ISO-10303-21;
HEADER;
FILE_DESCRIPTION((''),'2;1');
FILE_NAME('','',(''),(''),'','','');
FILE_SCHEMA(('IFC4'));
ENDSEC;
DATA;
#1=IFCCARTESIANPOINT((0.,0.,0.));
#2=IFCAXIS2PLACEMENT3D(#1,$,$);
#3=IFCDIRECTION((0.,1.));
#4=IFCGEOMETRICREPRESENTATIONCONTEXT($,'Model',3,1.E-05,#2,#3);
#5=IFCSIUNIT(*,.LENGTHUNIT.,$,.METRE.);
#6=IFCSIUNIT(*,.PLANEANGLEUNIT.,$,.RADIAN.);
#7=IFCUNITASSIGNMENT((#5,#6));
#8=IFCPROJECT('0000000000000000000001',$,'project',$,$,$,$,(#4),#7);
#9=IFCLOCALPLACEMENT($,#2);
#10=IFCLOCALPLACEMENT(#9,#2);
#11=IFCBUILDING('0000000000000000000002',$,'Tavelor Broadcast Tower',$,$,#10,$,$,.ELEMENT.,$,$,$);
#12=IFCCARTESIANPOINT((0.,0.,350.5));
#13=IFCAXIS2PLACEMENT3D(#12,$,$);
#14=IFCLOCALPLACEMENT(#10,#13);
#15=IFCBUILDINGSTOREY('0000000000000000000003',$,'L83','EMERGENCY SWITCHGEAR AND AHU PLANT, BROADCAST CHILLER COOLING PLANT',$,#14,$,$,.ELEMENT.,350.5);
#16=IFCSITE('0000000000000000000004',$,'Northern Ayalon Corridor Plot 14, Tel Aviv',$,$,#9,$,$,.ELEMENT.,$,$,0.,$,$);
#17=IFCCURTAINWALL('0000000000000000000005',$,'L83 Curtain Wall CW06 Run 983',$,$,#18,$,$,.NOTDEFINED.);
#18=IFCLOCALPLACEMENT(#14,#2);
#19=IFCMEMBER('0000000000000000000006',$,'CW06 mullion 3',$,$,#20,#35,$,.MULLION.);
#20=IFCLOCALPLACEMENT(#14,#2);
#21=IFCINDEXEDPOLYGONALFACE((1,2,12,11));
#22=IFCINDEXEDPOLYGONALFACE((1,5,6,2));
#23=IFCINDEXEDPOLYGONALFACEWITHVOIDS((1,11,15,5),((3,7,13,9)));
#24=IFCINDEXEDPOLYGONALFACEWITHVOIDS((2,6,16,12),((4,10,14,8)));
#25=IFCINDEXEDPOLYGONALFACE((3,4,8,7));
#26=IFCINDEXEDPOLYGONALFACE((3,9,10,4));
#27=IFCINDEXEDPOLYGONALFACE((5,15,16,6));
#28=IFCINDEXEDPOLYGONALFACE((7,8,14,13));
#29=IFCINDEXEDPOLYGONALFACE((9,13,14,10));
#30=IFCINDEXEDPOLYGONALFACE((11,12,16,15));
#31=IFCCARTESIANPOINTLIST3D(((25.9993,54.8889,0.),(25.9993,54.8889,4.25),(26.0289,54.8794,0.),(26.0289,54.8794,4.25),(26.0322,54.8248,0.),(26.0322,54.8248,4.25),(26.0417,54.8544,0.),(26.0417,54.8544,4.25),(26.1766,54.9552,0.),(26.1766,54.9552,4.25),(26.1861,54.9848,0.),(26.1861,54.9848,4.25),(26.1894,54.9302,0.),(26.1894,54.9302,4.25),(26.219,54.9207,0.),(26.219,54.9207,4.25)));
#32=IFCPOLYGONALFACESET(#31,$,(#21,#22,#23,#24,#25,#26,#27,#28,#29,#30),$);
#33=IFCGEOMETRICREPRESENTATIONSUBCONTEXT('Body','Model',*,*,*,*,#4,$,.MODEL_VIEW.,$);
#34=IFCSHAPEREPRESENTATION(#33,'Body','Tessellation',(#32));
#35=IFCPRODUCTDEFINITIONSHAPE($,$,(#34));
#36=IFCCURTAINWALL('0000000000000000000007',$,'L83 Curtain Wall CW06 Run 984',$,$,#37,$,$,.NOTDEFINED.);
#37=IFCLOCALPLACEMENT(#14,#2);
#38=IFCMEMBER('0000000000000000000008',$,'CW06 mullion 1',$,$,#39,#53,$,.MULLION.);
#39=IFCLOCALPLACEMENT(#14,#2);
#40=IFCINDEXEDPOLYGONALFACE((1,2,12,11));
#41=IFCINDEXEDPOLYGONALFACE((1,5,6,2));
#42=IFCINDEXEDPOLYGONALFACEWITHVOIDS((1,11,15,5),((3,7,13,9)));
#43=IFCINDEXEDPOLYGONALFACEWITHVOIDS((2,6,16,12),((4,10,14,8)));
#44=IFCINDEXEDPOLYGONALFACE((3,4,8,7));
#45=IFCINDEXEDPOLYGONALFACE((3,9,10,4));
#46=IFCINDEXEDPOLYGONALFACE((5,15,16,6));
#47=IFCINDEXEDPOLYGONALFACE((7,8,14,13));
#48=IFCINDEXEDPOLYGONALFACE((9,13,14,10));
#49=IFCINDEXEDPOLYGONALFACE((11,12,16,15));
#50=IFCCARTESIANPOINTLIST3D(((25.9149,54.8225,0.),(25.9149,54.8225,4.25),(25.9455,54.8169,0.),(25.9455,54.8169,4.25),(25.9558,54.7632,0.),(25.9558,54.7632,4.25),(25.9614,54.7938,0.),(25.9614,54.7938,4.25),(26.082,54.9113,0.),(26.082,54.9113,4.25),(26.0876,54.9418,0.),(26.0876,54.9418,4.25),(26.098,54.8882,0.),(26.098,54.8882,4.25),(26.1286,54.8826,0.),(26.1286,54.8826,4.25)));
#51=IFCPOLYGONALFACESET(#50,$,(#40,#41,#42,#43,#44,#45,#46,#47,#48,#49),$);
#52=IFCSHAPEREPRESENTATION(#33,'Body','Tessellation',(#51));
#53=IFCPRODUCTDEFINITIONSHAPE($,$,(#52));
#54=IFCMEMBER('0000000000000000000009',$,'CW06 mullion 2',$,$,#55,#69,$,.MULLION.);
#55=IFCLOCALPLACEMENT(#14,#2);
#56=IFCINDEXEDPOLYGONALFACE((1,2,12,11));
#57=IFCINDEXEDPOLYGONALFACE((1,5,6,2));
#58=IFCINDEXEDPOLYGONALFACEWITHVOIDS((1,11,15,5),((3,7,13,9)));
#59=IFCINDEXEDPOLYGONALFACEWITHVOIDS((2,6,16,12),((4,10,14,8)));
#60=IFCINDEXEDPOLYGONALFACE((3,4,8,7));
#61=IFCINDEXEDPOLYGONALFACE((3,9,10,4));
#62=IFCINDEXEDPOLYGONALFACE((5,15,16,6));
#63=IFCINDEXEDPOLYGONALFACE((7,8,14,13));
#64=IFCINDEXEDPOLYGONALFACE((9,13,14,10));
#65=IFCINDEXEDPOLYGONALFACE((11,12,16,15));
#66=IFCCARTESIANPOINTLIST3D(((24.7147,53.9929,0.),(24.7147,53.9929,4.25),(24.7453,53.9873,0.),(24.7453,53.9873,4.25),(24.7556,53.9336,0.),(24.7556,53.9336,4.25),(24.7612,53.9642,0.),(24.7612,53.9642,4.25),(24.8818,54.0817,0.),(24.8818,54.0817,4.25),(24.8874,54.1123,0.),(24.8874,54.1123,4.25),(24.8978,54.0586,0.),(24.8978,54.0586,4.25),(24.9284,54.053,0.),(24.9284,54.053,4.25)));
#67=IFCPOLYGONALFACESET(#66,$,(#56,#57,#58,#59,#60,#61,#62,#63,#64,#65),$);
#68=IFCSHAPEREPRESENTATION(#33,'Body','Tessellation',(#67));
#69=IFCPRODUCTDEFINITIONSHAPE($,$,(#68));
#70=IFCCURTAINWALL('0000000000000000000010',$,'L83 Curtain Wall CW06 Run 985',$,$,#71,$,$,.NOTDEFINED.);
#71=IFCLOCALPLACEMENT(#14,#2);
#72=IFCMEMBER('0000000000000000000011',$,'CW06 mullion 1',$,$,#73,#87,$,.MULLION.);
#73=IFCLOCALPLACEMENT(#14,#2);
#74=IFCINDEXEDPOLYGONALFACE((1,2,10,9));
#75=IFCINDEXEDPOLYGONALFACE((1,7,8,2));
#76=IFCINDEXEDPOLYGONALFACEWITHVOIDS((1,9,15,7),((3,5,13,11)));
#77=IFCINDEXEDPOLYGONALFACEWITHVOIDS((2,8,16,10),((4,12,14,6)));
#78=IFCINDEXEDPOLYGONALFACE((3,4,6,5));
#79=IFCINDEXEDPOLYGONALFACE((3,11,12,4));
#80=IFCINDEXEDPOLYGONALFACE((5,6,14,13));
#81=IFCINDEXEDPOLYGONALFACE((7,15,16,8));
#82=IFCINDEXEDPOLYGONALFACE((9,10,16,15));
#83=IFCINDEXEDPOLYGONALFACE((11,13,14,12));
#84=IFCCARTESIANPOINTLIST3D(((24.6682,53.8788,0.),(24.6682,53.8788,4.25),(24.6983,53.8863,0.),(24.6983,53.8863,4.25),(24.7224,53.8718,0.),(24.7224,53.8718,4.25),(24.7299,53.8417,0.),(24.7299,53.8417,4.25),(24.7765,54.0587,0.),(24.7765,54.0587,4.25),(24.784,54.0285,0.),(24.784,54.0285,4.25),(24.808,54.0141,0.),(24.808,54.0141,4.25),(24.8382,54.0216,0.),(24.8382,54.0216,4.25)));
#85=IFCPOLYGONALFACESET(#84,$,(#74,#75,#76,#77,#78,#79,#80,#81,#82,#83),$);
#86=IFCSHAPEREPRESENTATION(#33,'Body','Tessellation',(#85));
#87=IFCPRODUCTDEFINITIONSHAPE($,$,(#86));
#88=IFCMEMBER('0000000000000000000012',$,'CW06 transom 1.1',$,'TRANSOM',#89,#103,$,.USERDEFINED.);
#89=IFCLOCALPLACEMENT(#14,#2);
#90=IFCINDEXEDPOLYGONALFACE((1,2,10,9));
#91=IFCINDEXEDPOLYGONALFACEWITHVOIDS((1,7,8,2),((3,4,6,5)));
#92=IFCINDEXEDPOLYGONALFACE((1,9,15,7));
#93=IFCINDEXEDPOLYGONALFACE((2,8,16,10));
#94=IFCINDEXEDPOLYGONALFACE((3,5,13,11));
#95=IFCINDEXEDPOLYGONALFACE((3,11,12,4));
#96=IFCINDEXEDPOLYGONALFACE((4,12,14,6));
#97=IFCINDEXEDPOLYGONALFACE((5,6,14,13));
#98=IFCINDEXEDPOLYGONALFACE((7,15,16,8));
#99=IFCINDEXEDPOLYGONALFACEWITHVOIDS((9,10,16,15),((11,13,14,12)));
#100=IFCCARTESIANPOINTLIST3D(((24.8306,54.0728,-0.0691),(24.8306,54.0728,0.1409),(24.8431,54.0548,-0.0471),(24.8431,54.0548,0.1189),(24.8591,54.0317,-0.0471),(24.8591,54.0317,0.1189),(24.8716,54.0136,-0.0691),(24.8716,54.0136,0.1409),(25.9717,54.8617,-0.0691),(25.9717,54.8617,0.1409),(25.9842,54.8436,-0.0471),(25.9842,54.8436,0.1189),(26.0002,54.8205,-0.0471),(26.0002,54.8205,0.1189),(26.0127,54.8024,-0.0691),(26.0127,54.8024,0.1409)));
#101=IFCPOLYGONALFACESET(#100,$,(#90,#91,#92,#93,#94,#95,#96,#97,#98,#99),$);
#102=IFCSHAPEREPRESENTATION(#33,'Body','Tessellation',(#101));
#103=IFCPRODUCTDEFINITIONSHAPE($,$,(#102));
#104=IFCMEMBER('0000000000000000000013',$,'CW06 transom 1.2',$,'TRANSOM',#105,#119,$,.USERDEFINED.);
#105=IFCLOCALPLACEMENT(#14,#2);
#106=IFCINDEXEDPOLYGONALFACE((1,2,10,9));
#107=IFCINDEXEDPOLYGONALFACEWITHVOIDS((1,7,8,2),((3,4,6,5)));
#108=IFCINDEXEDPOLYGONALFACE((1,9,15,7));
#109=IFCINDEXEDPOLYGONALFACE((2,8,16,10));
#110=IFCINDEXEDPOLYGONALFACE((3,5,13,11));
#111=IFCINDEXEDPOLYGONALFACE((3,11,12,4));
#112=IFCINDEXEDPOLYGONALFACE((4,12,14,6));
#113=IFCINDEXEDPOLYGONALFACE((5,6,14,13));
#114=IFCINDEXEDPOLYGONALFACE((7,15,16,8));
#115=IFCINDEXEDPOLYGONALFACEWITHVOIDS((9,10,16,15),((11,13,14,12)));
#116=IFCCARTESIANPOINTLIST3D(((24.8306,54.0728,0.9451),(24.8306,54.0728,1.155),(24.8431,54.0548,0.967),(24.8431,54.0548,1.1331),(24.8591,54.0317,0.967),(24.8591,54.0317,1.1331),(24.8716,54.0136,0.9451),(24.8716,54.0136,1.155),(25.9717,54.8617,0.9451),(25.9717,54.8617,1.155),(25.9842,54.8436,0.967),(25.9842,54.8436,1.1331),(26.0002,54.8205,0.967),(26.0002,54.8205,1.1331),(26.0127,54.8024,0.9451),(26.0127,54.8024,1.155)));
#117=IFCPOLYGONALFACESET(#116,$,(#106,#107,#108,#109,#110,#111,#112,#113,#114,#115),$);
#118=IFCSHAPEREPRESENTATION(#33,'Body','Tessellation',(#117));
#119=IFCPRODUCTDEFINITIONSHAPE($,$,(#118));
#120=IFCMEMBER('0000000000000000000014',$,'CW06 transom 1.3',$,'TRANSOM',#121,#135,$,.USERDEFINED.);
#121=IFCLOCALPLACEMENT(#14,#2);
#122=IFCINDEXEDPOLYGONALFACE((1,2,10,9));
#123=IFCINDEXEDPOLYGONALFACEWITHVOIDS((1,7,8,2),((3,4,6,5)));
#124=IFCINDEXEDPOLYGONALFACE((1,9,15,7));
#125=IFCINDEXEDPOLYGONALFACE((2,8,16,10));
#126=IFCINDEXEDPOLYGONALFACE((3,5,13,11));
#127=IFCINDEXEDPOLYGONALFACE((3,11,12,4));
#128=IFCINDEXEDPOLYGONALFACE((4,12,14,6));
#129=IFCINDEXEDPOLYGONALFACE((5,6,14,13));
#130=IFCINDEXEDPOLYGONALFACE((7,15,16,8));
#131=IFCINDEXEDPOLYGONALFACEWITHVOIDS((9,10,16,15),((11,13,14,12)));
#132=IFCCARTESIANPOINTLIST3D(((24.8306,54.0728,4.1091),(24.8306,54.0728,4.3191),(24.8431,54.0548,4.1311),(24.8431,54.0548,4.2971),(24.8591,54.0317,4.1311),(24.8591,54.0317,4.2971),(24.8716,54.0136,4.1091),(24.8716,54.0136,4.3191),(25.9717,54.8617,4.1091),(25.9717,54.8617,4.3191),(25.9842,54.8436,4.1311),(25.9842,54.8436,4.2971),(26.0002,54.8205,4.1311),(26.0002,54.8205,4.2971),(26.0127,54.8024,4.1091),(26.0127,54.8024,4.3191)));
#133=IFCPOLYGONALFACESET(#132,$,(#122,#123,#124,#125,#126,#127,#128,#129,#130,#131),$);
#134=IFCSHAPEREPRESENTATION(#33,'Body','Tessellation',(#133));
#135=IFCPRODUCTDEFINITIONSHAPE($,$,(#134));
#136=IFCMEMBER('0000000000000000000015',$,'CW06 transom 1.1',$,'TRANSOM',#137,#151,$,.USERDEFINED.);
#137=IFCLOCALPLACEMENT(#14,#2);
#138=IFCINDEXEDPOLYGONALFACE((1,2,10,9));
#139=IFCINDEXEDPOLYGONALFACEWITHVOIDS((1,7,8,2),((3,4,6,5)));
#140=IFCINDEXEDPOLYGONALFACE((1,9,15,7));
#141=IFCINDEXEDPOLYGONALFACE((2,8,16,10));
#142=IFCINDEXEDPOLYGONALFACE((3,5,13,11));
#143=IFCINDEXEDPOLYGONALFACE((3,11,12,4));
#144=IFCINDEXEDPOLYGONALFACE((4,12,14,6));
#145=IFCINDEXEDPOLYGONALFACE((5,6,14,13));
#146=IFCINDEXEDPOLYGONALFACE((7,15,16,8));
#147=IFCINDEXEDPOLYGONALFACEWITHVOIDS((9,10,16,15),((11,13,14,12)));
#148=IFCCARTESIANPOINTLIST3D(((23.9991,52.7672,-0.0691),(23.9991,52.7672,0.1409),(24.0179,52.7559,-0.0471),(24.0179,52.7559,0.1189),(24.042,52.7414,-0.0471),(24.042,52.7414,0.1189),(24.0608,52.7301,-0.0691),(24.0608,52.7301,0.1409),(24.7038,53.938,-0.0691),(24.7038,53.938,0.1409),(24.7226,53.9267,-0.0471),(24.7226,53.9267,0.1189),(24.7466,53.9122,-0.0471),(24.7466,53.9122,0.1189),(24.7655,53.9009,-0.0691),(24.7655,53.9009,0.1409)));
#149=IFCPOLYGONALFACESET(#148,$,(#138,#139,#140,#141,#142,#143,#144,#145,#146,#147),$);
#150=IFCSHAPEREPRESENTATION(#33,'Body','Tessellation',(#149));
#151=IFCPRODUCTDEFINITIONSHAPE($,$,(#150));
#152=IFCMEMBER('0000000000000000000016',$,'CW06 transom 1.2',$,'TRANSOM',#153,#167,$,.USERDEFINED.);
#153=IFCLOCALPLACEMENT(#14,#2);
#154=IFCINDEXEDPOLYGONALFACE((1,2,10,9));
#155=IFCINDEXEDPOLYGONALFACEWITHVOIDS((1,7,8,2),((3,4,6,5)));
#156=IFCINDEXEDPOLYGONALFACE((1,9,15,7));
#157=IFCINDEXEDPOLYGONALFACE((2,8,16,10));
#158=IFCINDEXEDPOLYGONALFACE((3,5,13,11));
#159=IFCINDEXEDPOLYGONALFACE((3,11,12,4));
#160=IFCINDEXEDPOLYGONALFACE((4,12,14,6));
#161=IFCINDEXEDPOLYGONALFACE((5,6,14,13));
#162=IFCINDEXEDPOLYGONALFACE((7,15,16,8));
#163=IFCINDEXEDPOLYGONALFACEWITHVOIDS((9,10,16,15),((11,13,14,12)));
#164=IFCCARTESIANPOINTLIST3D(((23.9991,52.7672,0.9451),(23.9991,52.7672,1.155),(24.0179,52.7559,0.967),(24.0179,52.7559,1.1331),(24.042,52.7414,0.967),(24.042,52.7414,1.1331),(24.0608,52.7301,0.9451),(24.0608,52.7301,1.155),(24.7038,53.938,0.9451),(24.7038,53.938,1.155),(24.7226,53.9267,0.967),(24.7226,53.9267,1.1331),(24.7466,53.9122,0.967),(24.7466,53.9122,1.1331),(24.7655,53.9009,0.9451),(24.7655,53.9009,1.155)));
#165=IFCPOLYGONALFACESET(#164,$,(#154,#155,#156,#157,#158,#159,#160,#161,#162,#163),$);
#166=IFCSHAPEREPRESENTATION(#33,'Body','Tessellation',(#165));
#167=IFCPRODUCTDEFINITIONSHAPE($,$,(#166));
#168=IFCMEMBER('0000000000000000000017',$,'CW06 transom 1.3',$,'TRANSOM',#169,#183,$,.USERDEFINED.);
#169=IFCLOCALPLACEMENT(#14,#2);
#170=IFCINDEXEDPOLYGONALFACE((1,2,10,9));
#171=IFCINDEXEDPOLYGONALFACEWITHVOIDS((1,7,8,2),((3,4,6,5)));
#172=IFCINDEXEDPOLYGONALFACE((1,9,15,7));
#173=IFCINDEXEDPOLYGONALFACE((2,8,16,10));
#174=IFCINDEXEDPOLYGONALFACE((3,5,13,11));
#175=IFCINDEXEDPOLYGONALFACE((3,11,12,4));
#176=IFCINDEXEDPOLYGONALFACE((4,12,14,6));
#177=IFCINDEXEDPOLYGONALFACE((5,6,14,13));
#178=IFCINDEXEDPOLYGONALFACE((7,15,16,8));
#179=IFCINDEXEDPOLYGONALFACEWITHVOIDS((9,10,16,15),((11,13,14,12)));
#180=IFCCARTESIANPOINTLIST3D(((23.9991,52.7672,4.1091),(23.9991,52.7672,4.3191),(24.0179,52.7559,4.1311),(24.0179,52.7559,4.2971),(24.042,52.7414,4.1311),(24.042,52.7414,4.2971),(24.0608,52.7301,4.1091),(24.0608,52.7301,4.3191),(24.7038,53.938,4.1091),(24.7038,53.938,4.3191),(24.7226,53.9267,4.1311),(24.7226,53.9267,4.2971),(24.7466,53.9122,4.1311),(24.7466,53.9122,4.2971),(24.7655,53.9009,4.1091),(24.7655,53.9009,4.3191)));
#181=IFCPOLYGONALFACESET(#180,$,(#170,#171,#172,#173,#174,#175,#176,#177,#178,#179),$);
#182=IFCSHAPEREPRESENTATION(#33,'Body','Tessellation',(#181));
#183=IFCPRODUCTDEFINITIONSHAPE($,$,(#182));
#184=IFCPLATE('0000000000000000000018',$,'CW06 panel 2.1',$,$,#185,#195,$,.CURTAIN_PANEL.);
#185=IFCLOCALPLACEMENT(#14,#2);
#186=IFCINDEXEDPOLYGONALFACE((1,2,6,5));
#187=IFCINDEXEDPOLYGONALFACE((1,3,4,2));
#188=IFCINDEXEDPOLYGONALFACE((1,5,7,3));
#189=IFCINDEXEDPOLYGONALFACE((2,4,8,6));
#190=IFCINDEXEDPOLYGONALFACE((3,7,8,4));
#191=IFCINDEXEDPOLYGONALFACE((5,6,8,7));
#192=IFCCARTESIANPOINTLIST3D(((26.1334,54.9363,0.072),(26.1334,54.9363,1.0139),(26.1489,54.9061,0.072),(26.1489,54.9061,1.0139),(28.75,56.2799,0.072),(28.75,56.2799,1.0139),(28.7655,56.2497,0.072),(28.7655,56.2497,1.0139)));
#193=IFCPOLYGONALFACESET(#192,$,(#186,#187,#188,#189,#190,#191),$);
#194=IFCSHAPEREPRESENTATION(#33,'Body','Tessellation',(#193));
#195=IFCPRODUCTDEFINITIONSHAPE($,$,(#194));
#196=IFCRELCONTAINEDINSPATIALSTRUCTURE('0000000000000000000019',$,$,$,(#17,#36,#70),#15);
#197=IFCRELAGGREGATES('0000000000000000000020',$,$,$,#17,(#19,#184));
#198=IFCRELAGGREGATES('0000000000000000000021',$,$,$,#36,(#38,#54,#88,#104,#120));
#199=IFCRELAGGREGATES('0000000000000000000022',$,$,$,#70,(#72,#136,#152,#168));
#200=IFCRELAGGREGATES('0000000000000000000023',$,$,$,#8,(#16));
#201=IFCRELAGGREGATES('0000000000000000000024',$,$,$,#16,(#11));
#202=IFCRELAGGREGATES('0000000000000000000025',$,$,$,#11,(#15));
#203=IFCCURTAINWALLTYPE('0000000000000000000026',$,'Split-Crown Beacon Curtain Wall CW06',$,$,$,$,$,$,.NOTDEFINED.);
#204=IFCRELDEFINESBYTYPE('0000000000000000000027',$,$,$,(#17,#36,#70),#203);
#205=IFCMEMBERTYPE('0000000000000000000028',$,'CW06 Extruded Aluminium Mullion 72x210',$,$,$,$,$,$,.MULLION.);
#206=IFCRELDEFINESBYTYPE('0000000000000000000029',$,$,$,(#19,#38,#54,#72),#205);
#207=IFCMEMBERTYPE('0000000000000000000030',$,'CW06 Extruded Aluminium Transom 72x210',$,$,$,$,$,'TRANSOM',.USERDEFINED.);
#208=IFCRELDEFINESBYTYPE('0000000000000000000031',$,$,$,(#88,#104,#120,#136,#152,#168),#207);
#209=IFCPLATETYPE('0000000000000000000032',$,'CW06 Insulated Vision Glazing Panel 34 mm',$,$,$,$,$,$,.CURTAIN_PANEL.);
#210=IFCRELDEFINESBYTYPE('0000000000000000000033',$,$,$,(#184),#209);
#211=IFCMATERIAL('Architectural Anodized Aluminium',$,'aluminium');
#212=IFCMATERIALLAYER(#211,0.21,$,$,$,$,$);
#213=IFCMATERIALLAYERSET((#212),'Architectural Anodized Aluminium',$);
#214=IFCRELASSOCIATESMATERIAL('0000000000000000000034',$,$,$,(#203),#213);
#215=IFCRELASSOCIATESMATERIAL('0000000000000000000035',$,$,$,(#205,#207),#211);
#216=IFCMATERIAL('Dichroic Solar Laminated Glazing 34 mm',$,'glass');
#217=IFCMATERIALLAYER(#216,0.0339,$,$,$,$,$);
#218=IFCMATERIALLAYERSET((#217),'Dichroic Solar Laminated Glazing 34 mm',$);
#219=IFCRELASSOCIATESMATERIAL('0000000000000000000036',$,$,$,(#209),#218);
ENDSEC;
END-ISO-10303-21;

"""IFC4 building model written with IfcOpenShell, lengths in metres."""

from ifc_helpers import new_model, si_unit, direction, frame, origin, origin_2d, place, context, subcontext, project, spatial, rectangle, hollow_rectangle, extrude, source, transform, mapped, material, layer, layer_set, material_profile, profile_set, type_object, type_shapes, element, aggregate, save


model = new_model("IFC4")

# Units and contexts
model_context = context("Model", 3, precision=1e-05, world=origin(), true_north=direction((0.0, 1.0)))
body_context = subcontext(model_context, "Body", "Model", "MODEL_VIEW")
ifc_project = project(units=[si_unit("LENGTHUNIT", "METRE"), si_unit("PLANEANGLEUNIT", "RADIAN")], contexts=[model_context])

# Site, building, storey
site_placement = place(None, origin())
site = spatial("IfcSite", under=ifc_project, at=site_placement, Name="Northern Ayalon Corridor Plot 14, Tel Aviv", CompositionType="ELEMENT", RefElevation=0.0)
building_placement = place(site_placement, origin())
building = spatial("IfcBuilding", under=site, at=building_placement, Name="Tavelor Broadcast Tower", CompositionType="ELEMENT")
storey_placement = place(building_placement, frame((0.0, 0.0, 350.5)))
storey = spatial("IfcBuildingStorey", under=building, at=storey_placement, Name="L83", Description="EMERGENCY SWITCHGEAR AND AHU PLANT, BROADCAST CHILLER COOLING PLANT", CompositionType="ELEMENT", Elevation=350.5)

# Curtain wall, member
ifc_material_1 = material(Name="Architectural Anodized Aluminium", Category="aluminium")
ifc_layer_1 = layer(ifc_material_1, 0.21)
ifc_layer_set_1 = layer_set([ifc_layer_1], Name="Architectural Anodized Aluminium")
curtain_wall_type = type_object("IfcCurtainWallType", Name="Split-Crown Beacon Curtain Wall CW06", PredefinedType="NOTDEFINED", material=ifc_layer_set_1)
curtain_wall_1_placement = place(storey_placement, origin())
curtain_wall_1 = element("IfcCurtainWall", 1, at=curtain_wall_1_placement, inside=storey, type_object=curtain_wall_type, Name="L83 Curtain Wall CW06 Run 983", PredefinedType="NOTDEFINED")
ifc_material_profile_1 = material_profile(ifc_material_1, hollow_rectangle(XDim=0.072, YDim=0.21, WallThickness=0.022, at=origin_2d()), Name="RHS 72x210x22")
ifc_profile_set_1 = profile_set([ifc_material_profile_1], Name="Architectural Anodized Aluminium")
member_type_1 = type_object("IfcMemberType", Name="CW06 Extruded Aluminium Mullion 72x210", PredefinedType="MULLION", material=ifc_profile_set_1)
shared_shape_1 = source(origin(), body_context, "Body", "SweptSolid", [
    extrude(hollow_rectangle(XDim=0.072, YDim=0.21, WallThickness=0.022, at=origin_2d()), origin(), (0.0, 0.0, 1.0), 4.25),
])
type_shapes(member_type_1, [shared_shape_1])
member_1_placement = place(storey_placement, frame((26.1091, 54.9048, 0.0), z_axis=(0.0, 0.0, 1.0), x_axis=(0.456776, -0.889582, 0.0)))
member_1 = element("IfcMember", 2, at=member_1_placement, type_object=member_type_1, Name="CW06 mullion 3", PredefinedType="MULLION", context=body_context, shape_type="MappedRepresentation", body=[
    mapped(shared_shape_1, transform((0.0, 0.0, 0.0), scale=1.0)),
])

# Curtain wall, members
curtain_wall_2_placement = place(storey_placement, origin())
curtain_wall_2 = element("IfcCurtainWall", 3, at=curtain_wall_2_placement, inside=storey, type_object=curtain_wall_type, Name="L83 Curtain Wall CW06 Run 984", PredefinedType="NOTDEFINED")
member_2_placement = place(storey_placement, frame((26.0217, 54.8525, 0.0), z_axis=(0.0, 0.0, 1.0), x_axis=(0.568534, -0.82266, 0.0)))
member_2 = element("IfcMember", 4, at=member_2_placement, type_object=member_type_1, Name="CW06 mullion 1", PredefinedType="MULLION", context=body_context, shape_type="MappedRepresentation", body=[
    mapped(shared_shape_1, transform((0.0, 0.0, 0.0), scale=1.0)),
])
member_3_placement = place(storey_placement, frame((24.8215, 54.0229, 0.0), z_axis=(0.0, 0.0, 1.0), x_axis=(0.568534, -0.82266, 0.0)))
member_3 = element("IfcMember", 5, at=member_3_placement, type_object=member_type_1, Name="CW06 mullion 2", PredefinedType="MULLION", context=body_context, shape_type="MappedRepresentation", body=[
    mapped(shared_shape_1, transform((0.0, 0.0, 0.0), scale=1.0)),
])

# Curtain wall, member
curtain_wall_3_placement = place(storey_placement, origin())
curtain_wall_3 = element("IfcCurtainWall", 6, at=curtain_wall_3_placement, inside=storey, type_object=curtain_wall_type, Name="L83 Curtain Wall CW06 Run 985", PredefinedType="NOTDEFINED")
member_4_placement = place(storey_placement, frame((24.7532, 53.9502, 0.0), z_axis=(0.0, 0.0, 1.0), x_axis=(0.856697, -0.515819, 0.0)))
member_4 = element("IfcMember", 7, at=member_4_placement, type_object=member_type_1, Name="CW06 mullion 1", PredefinedType="MULLION", context=body_context, shape_type="MappedRepresentation", body=[
    mapped(shared_shape_1, transform((0.0, 0.0, 0.0), scale=1.0)),
])

# Members
ifc_material_profile_2 = material_profile(ifc_material_1, hollow_rectangle(XDim=0.072, YDim=0.21, WallThickness=0.022, at=origin_2d()), Name="RHS 72x210x22")
ifc_profile_set_2 = profile_set([ifc_material_profile_2], Name="Architectural Anodized Aluminium")
member_type_2 = type_object("IfcMemberType", Name="CW06 Extruded Aluminium Transom 72x210", ElementType="TRANSOM", PredefinedType="USERDEFINED", material=ifc_profile_set_2)
shared_shape_2 = source(origin(), body_context, "Body", "SweptSolid", [
    extrude(hollow_rectangle(XDim=0.072, YDim=0.21, WallThickness=0.022, at=origin_2d()), origin(), (0.0, 0.0, 1.0), 1.3872),
])
member_5_placement = place(storey_placement, frame((25.9922, 54.832, 0.0359), z_axis=(-0.822591, -0.568633, 0.0), x_axis=(0.568633, -0.822591, 0.0)))
member_5 = element("IfcMember", 8, at=member_5_placement, type_object=member_type_2, Name="CW06 transom 1.1", ObjectType="TRANSOM", PredefinedType="USERDEFINED", context=body_context, shape_type="MappedRepresentation", body=[
    mapped(shared_shape_2, transform((0.0, 0.0, 0.0), scale=1.0)),
])
member_6_placement = place(storey_placement, frame((25.9922, 54.832, 1.05), z_axis=(-0.822591, -0.568633, 0.0), x_axis=(0.568633, -0.822591, 0.0)))
member_6 = element("IfcMember", 9, at=member_6_placement, type_object=member_type_2, Name="CW06 transom 1.2", ObjectType="TRANSOM", PredefinedType="USERDEFINED", context=body_context, shape_type="MappedRepresentation", body=[
    mapped(shared_shape_2, transform((0.0, 0.0, 0.0), scale=1.0)),
])
member_7_placement = place(storey_placement, frame((25.9922, 54.832, 4.2141), z_axis=(-0.822591, -0.568633, 0.0), x_axis=(0.568633, -0.822591, 0.0)))
member_7 = element("IfcMember", 10, at=member_7_placement, type_object=member_type_2, Name="CW06 transom 1.3", ObjectType="TRANSOM", PredefinedType="USERDEFINED", context=body_context, shape_type="MappedRepresentation", body=[
    mapped(shared_shape_2, transform((0.0, 0.0, 0.0), scale=1.0)),
])
shared_shape_3 = source(origin(), body_context, "Body", "SweptSolid", [
    extrude(hollow_rectangle(XDim=0.072, YDim=0.21, WallThickness=0.022, at=origin_2d()), origin(), (0.0, 0.0, 1.0), 1.3665),
])
type_shapes(member_type_2, [shared_shape_2, shared_shape_3])
member_8_placement = place(storey_placement, frame((24.7346, 53.9194, 0.0359), z_axis=(-0.515678, -0.856783, 0.0), x_axis=(0.856783, -0.515678, 0.0)))
member_8 = element("IfcMember", 11, at=member_8_placement, type_object=member_type_2, Name="CW06 transom 1.1", ObjectType="TRANSOM", PredefinedType="USERDEFINED", context=body_context, shape_type="MappedRepresentation", body=[
    mapped(shared_shape_3, transform((0.0, 0.0, 0.0), scale=1.0)),
])
member_9_placement = place(storey_placement, frame((24.7346, 53.9194, 1.05), z_axis=(-0.515678, -0.856783, 0.0), x_axis=(0.856783, -0.515678, 0.0)))
member_9 = element("IfcMember", 12, at=member_9_placement, type_object=member_type_2, Name="CW06 transom 1.2", ObjectType="TRANSOM", PredefinedType="USERDEFINED", context=body_context, shape_type="MappedRepresentation", body=[
    mapped(shared_shape_3, transform((0.0, 0.0, 0.0), scale=1.0)),
])
member_10_placement = place(storey_placement, frame((24.7346, 53.9194, 4.2141), z_axis=(-0.515678, -0.856783, 0.0), x_axis=(0.856783, -0.515678, 0.0)))
member_10 = element("IfcMember", 13, at=member_10_placement, type_object=member_type_2, Name="CW06 transom 1.3", ObjectType="TRANSOM", PredefinedType="USERDEFINED", context=body_context, shape_type="MappedRepresentation", body=[
    mapped(shared_shape_3, transform((0.0, 0.0, 0.0), scale=1.0)),
])

# Plate
ifc_material_2 = material(Name="Dichroic Solar Laminated Glazing 34 mm", Category="glass")
ifc_layer_2 = layer(ifc_material_2, 0.0339)
ifc_layer_set_2 = layer_set([ifc_layer_2], Name="Dichroic Solar Laminated Glazing 34 mm")
plate_type = type_object("IfcPlateType", Name="CW06 Insulated Vision Glazing Panel 34 mm", PredefinedType="CURTAIN_PANEL", material=ifc_layer_set_2)
shared_shape_4 = source(origin(), body_context, "Body", "SweptSolid", [
    extrude(rectangle(XDim=2.9414, YDim=0.0339, at=origin_2d()), origin(), (0.0, 0.0, 1.0), 0.9419),
])
plate_1_placement = place(storey_placement, frame((27.4495, 55.593, 0.072), z_axis=(0.0, 0.0, 1.0), x_axis=(-0.889582, -0.456776, 0.0)))
plate_1 = element("IfcPlate", 14, at=plate_1_placement, type_object=plate_type, Name="CW06 panel 2.1", PredefinedType="CURTAIN_PANEL", context=body_context, shape_type="MappedRepresentation", body=[
    mapped(shared_shape_4, transform((0.0, 0.0, 0.0), scale=1.0)),
])
aggregate(curtain_wall_1, [member_1, plate_1])
aggregate(curtain_wall_2, [member_2, member_3, member_5, member_6, member_7])
aggregate(curtain_wall_3, [member_4, member_8, member_9, member_10])

save(model, "model.ifc")
